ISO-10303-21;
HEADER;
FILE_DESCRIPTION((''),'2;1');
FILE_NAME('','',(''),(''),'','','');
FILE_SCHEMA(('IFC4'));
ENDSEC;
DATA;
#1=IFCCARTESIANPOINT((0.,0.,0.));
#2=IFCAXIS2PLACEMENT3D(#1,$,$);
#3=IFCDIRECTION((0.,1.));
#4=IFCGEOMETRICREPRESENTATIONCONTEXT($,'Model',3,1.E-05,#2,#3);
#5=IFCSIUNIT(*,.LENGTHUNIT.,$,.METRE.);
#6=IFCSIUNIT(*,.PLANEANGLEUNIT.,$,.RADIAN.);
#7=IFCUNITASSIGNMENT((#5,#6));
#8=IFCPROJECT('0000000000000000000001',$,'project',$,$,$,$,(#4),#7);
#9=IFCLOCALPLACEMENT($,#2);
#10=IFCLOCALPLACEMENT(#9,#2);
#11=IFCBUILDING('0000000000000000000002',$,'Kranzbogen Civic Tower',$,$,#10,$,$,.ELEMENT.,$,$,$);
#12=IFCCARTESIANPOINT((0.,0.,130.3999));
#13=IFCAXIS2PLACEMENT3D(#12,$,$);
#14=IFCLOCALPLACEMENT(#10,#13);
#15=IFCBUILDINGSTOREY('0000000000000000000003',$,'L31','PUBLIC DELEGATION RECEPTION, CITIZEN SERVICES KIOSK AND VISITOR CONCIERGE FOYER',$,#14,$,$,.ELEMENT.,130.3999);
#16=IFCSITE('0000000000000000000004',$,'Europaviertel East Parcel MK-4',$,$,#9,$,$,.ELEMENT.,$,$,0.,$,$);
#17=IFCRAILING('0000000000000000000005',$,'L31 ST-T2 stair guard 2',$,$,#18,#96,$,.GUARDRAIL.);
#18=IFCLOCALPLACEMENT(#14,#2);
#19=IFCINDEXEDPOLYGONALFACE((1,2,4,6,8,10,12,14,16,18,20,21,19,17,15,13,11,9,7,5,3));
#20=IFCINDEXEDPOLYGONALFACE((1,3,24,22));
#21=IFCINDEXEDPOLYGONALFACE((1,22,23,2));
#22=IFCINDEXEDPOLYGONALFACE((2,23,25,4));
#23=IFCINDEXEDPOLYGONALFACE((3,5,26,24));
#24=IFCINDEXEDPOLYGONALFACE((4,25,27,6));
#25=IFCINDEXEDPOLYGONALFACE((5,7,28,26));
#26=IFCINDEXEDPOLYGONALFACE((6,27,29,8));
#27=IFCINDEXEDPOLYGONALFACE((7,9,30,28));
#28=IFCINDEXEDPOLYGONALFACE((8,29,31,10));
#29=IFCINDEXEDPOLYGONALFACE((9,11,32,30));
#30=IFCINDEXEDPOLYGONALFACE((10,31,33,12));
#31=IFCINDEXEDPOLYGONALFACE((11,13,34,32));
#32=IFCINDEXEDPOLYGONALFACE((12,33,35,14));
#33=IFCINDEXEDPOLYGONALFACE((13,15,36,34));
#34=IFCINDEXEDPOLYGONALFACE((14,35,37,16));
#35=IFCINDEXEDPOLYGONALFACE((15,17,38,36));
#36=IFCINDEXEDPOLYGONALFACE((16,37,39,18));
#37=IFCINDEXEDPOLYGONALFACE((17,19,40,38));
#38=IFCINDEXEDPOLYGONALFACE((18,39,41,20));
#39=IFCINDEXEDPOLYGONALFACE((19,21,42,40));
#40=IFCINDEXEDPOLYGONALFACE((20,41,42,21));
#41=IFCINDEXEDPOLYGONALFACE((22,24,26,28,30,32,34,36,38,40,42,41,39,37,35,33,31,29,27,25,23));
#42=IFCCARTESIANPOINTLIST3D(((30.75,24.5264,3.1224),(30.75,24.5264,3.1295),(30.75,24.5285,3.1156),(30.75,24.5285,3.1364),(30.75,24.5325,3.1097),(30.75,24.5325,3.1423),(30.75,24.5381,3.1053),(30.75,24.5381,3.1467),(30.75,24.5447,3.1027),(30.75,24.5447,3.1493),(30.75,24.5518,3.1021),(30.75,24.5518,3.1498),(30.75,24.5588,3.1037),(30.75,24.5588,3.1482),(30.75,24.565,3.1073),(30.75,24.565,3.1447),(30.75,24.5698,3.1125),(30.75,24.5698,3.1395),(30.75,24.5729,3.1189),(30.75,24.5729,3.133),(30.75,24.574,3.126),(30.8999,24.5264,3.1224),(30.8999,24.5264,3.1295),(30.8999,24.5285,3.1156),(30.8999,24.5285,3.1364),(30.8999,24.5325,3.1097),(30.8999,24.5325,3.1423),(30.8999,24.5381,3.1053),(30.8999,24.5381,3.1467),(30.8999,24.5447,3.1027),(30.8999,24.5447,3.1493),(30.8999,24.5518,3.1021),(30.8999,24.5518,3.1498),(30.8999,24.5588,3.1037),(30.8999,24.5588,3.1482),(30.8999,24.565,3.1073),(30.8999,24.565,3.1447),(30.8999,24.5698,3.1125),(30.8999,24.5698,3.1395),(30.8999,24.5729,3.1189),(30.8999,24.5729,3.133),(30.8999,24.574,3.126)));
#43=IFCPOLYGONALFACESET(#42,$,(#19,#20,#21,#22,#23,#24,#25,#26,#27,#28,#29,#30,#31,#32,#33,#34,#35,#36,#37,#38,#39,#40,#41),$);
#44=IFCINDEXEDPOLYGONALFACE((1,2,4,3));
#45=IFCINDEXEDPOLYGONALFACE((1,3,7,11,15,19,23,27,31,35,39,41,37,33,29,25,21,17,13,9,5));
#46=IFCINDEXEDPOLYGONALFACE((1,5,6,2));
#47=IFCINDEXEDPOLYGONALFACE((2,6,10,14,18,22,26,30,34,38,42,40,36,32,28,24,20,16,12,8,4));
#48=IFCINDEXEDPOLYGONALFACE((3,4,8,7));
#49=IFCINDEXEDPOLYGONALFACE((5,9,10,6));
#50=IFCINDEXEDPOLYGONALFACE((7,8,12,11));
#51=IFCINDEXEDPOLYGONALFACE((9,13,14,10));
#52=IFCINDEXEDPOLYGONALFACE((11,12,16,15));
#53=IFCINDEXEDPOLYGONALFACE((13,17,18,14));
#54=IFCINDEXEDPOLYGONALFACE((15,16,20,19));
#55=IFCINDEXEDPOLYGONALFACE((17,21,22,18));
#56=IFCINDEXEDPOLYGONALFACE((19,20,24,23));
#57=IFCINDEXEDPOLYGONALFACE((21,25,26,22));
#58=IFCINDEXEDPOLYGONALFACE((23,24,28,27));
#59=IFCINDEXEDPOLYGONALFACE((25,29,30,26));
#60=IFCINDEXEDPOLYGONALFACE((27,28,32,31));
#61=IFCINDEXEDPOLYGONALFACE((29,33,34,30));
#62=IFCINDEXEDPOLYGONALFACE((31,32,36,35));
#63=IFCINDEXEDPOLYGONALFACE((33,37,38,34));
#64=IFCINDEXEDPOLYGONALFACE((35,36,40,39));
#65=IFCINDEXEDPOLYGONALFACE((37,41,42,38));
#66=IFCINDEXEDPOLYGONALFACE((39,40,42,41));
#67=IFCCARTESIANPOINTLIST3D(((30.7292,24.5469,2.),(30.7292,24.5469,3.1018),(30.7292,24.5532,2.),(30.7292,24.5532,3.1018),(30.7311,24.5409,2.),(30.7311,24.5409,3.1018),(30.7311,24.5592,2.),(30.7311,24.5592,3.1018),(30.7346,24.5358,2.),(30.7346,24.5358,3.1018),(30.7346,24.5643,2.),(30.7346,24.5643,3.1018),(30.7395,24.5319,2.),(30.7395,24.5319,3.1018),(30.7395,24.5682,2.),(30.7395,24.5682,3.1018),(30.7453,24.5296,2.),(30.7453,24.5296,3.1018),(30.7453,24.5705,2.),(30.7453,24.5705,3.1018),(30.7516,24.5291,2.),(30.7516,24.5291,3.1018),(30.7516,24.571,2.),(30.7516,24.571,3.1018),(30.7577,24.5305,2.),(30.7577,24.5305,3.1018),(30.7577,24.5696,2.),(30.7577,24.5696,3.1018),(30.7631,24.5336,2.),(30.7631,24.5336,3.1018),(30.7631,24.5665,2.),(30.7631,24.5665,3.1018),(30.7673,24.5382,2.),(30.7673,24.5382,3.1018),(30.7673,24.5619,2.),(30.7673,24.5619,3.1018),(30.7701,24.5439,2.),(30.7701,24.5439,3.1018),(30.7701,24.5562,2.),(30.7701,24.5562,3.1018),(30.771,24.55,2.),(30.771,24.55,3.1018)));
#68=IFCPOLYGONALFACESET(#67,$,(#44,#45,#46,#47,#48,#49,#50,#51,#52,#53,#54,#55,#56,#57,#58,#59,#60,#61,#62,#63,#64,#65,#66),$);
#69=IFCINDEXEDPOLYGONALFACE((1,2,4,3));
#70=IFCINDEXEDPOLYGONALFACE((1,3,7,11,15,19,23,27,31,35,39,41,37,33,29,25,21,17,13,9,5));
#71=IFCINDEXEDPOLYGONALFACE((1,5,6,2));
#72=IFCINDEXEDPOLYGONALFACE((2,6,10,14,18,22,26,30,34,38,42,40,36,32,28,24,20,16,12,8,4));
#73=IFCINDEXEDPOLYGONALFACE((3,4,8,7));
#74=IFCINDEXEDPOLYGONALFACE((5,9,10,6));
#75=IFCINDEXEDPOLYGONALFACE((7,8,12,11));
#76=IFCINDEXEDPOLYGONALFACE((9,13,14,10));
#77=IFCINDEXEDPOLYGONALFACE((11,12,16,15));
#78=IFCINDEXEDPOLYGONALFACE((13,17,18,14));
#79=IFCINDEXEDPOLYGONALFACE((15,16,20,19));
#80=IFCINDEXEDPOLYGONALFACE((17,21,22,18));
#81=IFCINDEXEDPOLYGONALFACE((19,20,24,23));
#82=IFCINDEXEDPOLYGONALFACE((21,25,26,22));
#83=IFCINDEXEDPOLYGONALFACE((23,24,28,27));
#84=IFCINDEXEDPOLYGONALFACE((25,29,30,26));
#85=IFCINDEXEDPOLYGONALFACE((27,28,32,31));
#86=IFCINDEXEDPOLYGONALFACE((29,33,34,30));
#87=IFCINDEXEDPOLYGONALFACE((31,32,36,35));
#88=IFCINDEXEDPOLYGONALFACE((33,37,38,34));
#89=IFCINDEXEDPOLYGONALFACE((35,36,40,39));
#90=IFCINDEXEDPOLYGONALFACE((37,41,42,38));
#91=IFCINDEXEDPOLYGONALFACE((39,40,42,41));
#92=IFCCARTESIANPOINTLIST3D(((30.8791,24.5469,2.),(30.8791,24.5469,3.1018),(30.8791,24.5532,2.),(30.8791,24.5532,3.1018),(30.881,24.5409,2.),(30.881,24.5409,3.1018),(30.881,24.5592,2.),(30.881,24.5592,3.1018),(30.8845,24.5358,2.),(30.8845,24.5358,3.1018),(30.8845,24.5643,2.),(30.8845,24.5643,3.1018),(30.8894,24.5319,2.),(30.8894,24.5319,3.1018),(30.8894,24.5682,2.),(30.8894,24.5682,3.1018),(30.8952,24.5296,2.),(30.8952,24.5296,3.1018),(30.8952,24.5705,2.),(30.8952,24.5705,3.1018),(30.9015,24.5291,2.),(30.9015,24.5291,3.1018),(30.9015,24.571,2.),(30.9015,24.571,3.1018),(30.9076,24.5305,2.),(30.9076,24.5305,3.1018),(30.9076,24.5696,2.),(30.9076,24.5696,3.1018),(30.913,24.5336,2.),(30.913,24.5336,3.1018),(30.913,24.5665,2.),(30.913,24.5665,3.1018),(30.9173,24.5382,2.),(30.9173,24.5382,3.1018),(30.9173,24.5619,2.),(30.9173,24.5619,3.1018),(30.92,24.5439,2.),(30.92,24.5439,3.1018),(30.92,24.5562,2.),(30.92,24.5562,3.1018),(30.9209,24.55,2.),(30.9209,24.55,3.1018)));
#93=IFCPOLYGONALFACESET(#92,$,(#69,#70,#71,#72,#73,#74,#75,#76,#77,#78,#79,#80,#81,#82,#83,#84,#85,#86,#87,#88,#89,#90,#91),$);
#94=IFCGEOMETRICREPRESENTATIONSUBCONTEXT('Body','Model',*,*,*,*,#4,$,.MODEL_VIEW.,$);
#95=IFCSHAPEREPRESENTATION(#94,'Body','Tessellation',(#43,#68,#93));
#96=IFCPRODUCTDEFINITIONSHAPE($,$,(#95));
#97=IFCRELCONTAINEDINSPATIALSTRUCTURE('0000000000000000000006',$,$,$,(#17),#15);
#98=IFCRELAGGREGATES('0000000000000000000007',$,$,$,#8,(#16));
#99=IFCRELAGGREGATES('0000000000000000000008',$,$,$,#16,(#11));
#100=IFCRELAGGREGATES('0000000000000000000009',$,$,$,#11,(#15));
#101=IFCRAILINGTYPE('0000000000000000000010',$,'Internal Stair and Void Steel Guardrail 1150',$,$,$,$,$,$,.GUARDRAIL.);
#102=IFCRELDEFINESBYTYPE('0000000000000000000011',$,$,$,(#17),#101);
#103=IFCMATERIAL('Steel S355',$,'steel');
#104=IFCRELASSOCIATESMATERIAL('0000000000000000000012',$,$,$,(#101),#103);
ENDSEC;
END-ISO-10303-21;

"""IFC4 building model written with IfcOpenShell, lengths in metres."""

from ifc_helpers import new_model, si_unit, direction, frame, origin, origin_2d, place, context, subcontext, project, spatial, circle, extrude, material, type_object, element, save


model = new_model("IFC4")

# Units and contexts
model_context = context("Model", 3, precision=1e-05, world=origin(), true_north=direction((0.0, 1.0)))
body_context = subcontext(model_context, "Body", "Model", "MODEL_VIEW")
ifc_project = project(units=[si_unit("LENGTHUNIT", "METRE"), si_unit("PLANEANGLEUNIT", "RADIAN")], contexts=[model_context])

# Site, building, storey
site_placement = place(None, origin())
site = spatial("IfcSite", under=ifc_project, at=site_placement, Name="Europaviertel East Parcel MK-4", CompositionType="ELEMENT", RefElevation=0.0)
building_placement = place(site_placement, origin())
building = spatial("IfcBuilding", under=site, at=building_placement, Name="Kranzbogen Civic Tower", CompositionType="ELEMENT")
storey_placement = place(building_placement, frame((0.0, 0.0, 130.3999)))
storey = spatial("IfcBuildingStorey", under=building, at=storey_placement, Name="L31", Description="PUBLIC DELEGATION RECEPTION, CITIZEN SERVICES KIOSK AND VISITOR CONCIERGE FOYER", CompositionType="ELEMENT", Elevation=130.3999)

# Shared definitions
ifc_material_1 = material(Name="Steel S355", Category="steel")

# Railing
railing_type = type_object("IfcRailingType", Name="Internal Stair and Void Steel Guardrail 1150", PredefinedType="GUARDRAIL", material=ifc_material_1)
railing_1_placement = place(storey_placement, frame((30.75, 24.55, 2.0)))
element("IfcRailing", 1, at=railing_1_placement, inside=storey, type_object=railing_type, Name="L31 ST-T2 stair guard 2", PredefinedType="GUARDRAIL", context=body_context, shape_type="SweptSolid", body=[
    extrude(circle(Radius=0.0239, at=origin_2d()), frame((0.0, 0.0, 1.126), z_axis=(1.0, 0.0, 0.0), x_axis=(0.0, 1.0, 0.0)), (0.0, 0.0, 1.0), 0.1499),
    extrude(circle(Radius=0.021, at=origin_2d()), origin(), (0.0, 0.0, 1.0), 1.1018),
    extrude(circle(Radius=0.021, at=origin_2d()), frame((0.1499, 0.0, 0.0)), (0.0, 0.0, 1.0), 1.1018),
])

save(model, "model.ifc")
